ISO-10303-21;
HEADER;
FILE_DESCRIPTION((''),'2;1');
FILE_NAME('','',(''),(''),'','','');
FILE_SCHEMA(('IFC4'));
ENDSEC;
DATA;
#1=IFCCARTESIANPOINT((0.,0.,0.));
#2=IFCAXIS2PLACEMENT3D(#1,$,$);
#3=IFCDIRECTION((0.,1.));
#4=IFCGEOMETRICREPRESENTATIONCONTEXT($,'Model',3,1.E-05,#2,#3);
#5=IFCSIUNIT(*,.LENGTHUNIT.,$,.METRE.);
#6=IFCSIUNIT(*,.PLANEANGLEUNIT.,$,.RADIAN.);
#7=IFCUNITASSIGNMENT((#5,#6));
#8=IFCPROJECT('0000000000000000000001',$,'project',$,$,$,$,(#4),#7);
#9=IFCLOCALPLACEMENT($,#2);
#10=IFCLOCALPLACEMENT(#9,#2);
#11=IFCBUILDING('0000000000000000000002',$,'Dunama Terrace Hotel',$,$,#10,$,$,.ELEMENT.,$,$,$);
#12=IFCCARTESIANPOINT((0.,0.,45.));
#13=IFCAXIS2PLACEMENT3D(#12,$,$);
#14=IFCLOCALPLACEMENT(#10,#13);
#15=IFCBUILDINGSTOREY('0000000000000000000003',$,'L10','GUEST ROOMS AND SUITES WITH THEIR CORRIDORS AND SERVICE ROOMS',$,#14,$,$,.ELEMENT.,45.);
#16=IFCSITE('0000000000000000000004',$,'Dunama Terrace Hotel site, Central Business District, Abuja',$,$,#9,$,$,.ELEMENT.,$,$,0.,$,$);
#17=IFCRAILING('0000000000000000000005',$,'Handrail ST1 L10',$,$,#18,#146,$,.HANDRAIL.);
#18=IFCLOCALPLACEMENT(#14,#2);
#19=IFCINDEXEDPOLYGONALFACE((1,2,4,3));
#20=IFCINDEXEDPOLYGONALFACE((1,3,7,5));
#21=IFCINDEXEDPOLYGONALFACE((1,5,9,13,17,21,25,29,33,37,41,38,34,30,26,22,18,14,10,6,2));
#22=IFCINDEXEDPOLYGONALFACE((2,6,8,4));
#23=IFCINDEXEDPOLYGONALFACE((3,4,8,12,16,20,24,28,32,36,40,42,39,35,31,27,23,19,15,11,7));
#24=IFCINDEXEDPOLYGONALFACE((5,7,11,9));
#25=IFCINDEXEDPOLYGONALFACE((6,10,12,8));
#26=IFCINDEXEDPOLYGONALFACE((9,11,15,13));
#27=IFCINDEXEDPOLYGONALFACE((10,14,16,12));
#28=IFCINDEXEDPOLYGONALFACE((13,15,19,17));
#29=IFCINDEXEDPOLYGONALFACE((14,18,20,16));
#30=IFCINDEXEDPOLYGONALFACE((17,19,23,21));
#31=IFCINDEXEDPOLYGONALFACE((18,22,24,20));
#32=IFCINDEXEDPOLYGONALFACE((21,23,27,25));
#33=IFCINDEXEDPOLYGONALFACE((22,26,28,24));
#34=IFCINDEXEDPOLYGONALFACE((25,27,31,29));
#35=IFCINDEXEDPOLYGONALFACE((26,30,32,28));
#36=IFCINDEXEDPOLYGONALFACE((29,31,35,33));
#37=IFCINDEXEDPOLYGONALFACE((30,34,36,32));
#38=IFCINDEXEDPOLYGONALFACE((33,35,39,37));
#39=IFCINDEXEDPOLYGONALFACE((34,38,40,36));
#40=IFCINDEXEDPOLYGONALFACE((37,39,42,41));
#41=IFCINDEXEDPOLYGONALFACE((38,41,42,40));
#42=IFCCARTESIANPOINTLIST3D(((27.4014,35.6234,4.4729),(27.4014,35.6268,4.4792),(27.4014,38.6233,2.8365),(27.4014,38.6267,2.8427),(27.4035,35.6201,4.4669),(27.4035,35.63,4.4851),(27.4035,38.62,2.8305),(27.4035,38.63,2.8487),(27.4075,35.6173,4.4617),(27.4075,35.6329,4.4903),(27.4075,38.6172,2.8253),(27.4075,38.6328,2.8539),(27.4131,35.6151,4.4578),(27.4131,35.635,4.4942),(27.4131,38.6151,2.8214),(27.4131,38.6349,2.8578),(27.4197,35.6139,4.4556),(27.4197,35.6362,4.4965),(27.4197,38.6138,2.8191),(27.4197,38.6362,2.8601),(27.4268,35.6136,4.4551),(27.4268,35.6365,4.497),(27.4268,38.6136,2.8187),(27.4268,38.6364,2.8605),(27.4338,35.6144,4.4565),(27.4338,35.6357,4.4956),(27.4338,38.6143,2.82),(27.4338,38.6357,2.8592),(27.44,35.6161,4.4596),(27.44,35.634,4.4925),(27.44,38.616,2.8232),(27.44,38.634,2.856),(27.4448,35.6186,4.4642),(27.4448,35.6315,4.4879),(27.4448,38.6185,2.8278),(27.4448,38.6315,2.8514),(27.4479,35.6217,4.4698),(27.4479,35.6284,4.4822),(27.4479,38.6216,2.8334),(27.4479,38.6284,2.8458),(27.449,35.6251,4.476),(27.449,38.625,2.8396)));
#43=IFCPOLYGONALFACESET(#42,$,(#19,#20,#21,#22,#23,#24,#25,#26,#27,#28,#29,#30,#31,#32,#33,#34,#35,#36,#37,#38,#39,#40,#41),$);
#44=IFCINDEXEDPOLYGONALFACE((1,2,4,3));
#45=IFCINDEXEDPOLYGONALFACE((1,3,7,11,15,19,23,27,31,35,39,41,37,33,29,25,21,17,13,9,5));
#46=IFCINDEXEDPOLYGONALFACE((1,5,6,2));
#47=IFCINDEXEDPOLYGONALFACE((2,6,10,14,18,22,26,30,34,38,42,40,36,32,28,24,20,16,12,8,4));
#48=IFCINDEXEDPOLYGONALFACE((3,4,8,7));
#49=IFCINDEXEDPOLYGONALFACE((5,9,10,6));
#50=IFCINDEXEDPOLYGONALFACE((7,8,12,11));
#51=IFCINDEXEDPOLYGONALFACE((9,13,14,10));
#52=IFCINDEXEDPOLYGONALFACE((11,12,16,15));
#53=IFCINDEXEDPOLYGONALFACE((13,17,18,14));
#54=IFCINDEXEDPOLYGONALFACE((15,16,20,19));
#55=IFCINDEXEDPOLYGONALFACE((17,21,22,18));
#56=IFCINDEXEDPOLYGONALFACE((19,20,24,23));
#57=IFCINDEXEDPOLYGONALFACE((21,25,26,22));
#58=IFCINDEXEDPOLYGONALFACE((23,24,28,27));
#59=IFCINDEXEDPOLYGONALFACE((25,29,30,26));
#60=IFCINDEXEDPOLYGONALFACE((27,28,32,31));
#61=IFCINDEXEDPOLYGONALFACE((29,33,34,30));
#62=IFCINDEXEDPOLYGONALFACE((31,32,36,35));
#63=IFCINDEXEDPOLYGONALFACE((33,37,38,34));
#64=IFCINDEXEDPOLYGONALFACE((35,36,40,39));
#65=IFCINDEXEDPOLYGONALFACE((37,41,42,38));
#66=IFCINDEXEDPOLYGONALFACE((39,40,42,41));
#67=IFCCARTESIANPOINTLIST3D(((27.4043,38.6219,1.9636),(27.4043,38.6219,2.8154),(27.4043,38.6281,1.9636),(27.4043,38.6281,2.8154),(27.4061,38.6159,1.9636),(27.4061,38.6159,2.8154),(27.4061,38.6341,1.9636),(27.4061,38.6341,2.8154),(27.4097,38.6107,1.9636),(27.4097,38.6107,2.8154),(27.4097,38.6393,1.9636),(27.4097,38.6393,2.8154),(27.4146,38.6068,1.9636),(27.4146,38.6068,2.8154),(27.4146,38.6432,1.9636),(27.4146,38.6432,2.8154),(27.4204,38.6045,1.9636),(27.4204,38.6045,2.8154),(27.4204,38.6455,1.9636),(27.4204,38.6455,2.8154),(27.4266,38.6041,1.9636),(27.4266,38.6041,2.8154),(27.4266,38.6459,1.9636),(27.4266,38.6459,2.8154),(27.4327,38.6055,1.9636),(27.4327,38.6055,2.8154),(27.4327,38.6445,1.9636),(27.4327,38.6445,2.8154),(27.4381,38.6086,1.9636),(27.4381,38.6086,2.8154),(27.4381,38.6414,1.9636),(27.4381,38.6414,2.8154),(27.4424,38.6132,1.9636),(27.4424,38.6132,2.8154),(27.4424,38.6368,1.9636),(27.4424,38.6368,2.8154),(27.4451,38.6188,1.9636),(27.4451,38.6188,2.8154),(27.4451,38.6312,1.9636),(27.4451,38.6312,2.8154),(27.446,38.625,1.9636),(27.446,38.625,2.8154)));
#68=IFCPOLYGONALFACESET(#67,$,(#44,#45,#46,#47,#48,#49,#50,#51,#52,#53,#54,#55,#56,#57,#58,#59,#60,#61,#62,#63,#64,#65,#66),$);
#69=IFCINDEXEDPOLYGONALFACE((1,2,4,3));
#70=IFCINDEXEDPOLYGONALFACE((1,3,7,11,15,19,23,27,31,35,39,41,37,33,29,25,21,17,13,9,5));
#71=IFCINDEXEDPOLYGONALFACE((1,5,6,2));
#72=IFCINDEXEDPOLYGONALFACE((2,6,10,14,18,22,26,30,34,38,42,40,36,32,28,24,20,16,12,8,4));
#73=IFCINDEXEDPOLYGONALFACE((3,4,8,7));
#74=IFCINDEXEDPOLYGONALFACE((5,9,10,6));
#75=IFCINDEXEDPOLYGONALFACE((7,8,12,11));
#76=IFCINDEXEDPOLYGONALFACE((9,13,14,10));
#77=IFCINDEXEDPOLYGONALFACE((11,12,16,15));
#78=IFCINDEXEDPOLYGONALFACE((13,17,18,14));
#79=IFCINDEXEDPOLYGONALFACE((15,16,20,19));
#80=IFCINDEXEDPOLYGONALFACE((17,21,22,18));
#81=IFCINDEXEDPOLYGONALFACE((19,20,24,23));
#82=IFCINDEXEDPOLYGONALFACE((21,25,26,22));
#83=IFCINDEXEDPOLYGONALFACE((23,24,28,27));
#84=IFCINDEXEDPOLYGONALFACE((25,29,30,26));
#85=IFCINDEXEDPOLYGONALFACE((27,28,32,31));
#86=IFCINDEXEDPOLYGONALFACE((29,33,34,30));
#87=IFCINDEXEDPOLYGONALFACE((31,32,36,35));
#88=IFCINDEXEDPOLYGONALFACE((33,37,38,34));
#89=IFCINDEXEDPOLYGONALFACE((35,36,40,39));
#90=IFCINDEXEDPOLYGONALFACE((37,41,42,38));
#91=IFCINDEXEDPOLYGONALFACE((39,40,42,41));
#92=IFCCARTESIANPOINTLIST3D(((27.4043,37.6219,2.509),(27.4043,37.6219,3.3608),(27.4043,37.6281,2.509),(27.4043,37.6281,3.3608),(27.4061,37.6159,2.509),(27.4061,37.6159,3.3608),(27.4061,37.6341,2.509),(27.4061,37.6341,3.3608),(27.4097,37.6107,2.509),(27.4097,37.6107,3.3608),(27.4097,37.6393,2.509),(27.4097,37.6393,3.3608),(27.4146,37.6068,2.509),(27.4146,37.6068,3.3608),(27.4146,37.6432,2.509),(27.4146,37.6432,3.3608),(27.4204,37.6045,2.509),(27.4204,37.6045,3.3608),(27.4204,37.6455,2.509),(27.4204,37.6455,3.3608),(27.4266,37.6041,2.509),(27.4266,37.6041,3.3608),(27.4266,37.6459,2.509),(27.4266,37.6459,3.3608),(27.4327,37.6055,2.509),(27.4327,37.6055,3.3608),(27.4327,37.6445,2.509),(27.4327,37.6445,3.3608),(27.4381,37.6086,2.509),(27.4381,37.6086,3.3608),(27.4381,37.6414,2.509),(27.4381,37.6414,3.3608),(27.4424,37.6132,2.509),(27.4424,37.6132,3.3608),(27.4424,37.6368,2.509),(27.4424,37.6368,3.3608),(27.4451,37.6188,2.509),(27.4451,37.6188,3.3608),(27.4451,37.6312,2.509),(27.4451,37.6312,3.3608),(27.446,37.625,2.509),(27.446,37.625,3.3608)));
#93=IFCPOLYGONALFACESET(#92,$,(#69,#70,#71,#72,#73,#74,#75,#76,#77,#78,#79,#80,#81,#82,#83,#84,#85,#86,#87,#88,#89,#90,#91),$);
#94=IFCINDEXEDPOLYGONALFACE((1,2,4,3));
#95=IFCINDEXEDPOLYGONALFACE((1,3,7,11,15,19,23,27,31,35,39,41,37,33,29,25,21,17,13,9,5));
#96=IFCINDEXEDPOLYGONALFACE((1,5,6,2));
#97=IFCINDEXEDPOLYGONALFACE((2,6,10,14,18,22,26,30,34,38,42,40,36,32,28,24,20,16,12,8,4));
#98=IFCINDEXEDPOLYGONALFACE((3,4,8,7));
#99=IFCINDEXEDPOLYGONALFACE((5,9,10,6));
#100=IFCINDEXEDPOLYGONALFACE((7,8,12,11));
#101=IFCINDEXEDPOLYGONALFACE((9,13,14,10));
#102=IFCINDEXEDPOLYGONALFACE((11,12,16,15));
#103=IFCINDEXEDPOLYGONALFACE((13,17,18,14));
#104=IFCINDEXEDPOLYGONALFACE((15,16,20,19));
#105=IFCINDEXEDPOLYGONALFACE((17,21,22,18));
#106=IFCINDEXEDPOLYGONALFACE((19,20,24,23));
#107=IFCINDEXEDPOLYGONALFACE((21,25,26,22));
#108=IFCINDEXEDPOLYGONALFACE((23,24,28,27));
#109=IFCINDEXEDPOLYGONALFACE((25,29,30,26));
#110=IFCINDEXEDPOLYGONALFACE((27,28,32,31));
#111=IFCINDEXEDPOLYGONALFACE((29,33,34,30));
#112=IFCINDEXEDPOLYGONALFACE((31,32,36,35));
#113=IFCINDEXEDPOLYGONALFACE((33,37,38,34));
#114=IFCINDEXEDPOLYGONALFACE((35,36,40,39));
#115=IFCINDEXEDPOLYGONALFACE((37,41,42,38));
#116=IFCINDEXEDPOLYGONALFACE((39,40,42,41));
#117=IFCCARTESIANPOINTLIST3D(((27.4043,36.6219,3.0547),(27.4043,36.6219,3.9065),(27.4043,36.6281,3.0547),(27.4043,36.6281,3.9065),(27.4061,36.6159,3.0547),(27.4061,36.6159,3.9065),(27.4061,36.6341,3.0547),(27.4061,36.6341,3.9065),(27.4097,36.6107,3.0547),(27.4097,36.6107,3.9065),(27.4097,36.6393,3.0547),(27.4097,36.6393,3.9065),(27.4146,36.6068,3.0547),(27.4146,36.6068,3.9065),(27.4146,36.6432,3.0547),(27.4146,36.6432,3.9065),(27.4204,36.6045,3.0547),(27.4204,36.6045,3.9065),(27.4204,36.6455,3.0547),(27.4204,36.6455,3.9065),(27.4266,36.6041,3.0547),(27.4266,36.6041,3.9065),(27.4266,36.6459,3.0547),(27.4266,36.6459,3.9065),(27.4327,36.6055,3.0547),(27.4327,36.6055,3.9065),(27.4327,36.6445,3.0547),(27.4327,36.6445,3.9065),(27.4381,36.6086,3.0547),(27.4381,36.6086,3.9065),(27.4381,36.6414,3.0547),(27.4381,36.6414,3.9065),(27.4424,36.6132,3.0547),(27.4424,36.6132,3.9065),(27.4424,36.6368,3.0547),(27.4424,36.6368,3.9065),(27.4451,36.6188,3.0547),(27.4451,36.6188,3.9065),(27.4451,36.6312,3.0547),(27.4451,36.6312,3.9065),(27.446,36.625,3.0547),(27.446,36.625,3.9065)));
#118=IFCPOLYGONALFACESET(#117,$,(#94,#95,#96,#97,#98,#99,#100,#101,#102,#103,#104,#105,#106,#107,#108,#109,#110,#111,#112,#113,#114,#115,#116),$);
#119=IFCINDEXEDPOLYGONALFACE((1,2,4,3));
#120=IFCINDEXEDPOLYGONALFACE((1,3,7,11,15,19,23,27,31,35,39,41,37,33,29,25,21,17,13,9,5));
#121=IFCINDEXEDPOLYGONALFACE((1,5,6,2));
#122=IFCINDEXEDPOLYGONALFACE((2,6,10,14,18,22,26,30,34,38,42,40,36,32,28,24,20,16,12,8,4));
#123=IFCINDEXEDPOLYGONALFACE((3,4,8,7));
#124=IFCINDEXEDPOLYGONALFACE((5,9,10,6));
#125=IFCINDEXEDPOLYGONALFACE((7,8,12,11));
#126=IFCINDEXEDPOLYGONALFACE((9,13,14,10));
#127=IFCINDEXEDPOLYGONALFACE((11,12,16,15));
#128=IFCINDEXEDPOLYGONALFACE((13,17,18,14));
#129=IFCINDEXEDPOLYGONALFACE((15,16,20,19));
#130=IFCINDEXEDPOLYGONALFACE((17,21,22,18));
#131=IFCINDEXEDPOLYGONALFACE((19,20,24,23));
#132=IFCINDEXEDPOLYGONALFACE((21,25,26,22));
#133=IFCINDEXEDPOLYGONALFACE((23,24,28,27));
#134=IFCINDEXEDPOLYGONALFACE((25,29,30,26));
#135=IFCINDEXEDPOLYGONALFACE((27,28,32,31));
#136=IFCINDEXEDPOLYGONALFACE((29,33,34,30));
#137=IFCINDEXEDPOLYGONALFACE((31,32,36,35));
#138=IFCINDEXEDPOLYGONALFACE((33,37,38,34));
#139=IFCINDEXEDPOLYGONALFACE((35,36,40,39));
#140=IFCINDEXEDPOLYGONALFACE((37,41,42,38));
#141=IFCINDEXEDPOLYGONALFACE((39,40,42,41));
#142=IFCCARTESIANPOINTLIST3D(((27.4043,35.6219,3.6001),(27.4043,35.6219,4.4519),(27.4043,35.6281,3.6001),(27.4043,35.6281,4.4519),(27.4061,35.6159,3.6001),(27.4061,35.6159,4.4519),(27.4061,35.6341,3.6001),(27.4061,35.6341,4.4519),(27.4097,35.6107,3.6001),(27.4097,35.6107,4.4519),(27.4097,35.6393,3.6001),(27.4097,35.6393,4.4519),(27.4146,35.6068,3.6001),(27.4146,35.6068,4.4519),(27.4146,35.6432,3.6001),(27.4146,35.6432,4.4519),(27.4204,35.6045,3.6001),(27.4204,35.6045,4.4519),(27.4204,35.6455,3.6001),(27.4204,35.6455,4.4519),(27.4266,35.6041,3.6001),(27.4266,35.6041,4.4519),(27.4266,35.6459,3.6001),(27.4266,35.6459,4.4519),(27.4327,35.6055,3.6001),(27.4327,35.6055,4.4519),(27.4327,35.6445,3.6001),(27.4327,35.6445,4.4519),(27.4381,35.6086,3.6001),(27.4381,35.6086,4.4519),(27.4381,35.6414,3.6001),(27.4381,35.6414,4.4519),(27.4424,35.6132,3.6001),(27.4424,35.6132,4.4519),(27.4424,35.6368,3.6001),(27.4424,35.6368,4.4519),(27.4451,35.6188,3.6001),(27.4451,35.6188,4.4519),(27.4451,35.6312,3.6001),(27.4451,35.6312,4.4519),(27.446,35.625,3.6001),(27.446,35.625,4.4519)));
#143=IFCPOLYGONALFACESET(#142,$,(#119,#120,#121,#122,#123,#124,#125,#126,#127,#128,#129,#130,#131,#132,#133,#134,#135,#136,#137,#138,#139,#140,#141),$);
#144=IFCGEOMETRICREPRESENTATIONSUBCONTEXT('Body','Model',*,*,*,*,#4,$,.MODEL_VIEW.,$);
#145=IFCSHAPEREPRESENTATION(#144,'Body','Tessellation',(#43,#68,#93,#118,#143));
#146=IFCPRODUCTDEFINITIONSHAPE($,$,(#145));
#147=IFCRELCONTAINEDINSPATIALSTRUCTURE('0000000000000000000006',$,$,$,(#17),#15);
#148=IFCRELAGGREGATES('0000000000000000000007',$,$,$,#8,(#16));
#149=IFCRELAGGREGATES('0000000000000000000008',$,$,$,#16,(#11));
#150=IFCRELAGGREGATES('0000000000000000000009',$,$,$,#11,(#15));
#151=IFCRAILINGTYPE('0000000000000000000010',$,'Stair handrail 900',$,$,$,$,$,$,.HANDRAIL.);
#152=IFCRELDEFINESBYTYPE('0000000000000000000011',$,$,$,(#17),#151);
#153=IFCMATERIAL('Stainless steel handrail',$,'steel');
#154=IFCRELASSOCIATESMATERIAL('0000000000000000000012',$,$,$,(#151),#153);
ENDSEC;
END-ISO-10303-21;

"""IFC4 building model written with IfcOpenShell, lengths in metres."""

from ifc_helpers import new_model, si_unit, direction, frame, origin, origin_2d, place, context, subcontext, project, spatial, circle, extrude, material, type_object, element, save


model = new_model("IFC4")

# Units and contexts
model_context = context("Model", 3, precision=1e-05, world=origin(), true_north=direction((0.0, 1.0)))
body_context = subcontext(model_context, "Body", "Model", "MODEL_VIEW")
ifc_project = project(units=[si_unit("LENGTHUNIT", "METRE"), si_unit("PLANEANGLEUNIT", "RADIAN")], contexts=[model_context])

# Site, building, storey
site_placement = place(None, origin())
site = spatial("IfcSite", under=ifc_project, at=site_placement, Name="Dunama Terrace Hotel site, Central Business District, Abuja", CompositionType="ELEMENT", RefElevation=0.0)
building_placement = place(site_placement, origin())
building = spatial("IfcBuilding", under=site, at=building_placement, Name="Dunama Terrace Hotel", CompositionType="ELEMENT")
storey_placement = place(building_placement, frame((0.0, 0.0, 45.0)))
storey = spatial("IfcBuildingStorey", under=building, at=storey_placement, Name="L10", Description="GUEST ROOMS AND SUITES WITH THEIR CORRIDORS AND SERVICE ROOMS", CompositionType="ELEMENT", Elevation=45.0)

# Railing
ifc_material_1 = material(Name="Stainless steel handrail", Category="steel")
railing_type = type_object("IfcRailingType", Name="Stair handrail 900", PredefinedType="HANDRAIL", material=ifc_material_1)
railing_1_placement = place(storey_placement, frame((27.425, 38.625, 1.9636)))
element("IfcRailing", 1, at=railing_1_placement, inside=storey, type_object=railing_type, Name="Handrail ST1 L10", PredefinedType="HANDRAIL", context=body_context, shape_type="SweptSolid", body=[
    extrude(circle(Radius=0.0239, at=origin_2d()), frame((0.0, 0.0, 0.876), z_axis=(0.0, -0.877882, 0.478877), x_axis=(1.0, 0.0, 0.0)), (0.0, 0.0, 1.0), 3.4172),
    extrude(circle(Radius=0.021, at=origin_2d()), origin(), (0.0, 0.0, 1.0), 0.8518),
    extrude(circle(Radius=0.021, at=origin_2d()), frame((0.0, -1.0, 0.5454)), (0.0, 0.0, 1.0), 0.8518),
    extrude(circle(Radius=0.021, at=origin_2d()), frame((0.0, -2.0, 1.0911)), (0.0, 0.0, 1.0), 0.8518),
    extrude(circle(Radius=0.021, at=origin_2d()), frame((0.0, -3.0, 1.6365)), (0.0, 0.0, 1.0), 0.8518),
])

save(model, "model.ifc")
